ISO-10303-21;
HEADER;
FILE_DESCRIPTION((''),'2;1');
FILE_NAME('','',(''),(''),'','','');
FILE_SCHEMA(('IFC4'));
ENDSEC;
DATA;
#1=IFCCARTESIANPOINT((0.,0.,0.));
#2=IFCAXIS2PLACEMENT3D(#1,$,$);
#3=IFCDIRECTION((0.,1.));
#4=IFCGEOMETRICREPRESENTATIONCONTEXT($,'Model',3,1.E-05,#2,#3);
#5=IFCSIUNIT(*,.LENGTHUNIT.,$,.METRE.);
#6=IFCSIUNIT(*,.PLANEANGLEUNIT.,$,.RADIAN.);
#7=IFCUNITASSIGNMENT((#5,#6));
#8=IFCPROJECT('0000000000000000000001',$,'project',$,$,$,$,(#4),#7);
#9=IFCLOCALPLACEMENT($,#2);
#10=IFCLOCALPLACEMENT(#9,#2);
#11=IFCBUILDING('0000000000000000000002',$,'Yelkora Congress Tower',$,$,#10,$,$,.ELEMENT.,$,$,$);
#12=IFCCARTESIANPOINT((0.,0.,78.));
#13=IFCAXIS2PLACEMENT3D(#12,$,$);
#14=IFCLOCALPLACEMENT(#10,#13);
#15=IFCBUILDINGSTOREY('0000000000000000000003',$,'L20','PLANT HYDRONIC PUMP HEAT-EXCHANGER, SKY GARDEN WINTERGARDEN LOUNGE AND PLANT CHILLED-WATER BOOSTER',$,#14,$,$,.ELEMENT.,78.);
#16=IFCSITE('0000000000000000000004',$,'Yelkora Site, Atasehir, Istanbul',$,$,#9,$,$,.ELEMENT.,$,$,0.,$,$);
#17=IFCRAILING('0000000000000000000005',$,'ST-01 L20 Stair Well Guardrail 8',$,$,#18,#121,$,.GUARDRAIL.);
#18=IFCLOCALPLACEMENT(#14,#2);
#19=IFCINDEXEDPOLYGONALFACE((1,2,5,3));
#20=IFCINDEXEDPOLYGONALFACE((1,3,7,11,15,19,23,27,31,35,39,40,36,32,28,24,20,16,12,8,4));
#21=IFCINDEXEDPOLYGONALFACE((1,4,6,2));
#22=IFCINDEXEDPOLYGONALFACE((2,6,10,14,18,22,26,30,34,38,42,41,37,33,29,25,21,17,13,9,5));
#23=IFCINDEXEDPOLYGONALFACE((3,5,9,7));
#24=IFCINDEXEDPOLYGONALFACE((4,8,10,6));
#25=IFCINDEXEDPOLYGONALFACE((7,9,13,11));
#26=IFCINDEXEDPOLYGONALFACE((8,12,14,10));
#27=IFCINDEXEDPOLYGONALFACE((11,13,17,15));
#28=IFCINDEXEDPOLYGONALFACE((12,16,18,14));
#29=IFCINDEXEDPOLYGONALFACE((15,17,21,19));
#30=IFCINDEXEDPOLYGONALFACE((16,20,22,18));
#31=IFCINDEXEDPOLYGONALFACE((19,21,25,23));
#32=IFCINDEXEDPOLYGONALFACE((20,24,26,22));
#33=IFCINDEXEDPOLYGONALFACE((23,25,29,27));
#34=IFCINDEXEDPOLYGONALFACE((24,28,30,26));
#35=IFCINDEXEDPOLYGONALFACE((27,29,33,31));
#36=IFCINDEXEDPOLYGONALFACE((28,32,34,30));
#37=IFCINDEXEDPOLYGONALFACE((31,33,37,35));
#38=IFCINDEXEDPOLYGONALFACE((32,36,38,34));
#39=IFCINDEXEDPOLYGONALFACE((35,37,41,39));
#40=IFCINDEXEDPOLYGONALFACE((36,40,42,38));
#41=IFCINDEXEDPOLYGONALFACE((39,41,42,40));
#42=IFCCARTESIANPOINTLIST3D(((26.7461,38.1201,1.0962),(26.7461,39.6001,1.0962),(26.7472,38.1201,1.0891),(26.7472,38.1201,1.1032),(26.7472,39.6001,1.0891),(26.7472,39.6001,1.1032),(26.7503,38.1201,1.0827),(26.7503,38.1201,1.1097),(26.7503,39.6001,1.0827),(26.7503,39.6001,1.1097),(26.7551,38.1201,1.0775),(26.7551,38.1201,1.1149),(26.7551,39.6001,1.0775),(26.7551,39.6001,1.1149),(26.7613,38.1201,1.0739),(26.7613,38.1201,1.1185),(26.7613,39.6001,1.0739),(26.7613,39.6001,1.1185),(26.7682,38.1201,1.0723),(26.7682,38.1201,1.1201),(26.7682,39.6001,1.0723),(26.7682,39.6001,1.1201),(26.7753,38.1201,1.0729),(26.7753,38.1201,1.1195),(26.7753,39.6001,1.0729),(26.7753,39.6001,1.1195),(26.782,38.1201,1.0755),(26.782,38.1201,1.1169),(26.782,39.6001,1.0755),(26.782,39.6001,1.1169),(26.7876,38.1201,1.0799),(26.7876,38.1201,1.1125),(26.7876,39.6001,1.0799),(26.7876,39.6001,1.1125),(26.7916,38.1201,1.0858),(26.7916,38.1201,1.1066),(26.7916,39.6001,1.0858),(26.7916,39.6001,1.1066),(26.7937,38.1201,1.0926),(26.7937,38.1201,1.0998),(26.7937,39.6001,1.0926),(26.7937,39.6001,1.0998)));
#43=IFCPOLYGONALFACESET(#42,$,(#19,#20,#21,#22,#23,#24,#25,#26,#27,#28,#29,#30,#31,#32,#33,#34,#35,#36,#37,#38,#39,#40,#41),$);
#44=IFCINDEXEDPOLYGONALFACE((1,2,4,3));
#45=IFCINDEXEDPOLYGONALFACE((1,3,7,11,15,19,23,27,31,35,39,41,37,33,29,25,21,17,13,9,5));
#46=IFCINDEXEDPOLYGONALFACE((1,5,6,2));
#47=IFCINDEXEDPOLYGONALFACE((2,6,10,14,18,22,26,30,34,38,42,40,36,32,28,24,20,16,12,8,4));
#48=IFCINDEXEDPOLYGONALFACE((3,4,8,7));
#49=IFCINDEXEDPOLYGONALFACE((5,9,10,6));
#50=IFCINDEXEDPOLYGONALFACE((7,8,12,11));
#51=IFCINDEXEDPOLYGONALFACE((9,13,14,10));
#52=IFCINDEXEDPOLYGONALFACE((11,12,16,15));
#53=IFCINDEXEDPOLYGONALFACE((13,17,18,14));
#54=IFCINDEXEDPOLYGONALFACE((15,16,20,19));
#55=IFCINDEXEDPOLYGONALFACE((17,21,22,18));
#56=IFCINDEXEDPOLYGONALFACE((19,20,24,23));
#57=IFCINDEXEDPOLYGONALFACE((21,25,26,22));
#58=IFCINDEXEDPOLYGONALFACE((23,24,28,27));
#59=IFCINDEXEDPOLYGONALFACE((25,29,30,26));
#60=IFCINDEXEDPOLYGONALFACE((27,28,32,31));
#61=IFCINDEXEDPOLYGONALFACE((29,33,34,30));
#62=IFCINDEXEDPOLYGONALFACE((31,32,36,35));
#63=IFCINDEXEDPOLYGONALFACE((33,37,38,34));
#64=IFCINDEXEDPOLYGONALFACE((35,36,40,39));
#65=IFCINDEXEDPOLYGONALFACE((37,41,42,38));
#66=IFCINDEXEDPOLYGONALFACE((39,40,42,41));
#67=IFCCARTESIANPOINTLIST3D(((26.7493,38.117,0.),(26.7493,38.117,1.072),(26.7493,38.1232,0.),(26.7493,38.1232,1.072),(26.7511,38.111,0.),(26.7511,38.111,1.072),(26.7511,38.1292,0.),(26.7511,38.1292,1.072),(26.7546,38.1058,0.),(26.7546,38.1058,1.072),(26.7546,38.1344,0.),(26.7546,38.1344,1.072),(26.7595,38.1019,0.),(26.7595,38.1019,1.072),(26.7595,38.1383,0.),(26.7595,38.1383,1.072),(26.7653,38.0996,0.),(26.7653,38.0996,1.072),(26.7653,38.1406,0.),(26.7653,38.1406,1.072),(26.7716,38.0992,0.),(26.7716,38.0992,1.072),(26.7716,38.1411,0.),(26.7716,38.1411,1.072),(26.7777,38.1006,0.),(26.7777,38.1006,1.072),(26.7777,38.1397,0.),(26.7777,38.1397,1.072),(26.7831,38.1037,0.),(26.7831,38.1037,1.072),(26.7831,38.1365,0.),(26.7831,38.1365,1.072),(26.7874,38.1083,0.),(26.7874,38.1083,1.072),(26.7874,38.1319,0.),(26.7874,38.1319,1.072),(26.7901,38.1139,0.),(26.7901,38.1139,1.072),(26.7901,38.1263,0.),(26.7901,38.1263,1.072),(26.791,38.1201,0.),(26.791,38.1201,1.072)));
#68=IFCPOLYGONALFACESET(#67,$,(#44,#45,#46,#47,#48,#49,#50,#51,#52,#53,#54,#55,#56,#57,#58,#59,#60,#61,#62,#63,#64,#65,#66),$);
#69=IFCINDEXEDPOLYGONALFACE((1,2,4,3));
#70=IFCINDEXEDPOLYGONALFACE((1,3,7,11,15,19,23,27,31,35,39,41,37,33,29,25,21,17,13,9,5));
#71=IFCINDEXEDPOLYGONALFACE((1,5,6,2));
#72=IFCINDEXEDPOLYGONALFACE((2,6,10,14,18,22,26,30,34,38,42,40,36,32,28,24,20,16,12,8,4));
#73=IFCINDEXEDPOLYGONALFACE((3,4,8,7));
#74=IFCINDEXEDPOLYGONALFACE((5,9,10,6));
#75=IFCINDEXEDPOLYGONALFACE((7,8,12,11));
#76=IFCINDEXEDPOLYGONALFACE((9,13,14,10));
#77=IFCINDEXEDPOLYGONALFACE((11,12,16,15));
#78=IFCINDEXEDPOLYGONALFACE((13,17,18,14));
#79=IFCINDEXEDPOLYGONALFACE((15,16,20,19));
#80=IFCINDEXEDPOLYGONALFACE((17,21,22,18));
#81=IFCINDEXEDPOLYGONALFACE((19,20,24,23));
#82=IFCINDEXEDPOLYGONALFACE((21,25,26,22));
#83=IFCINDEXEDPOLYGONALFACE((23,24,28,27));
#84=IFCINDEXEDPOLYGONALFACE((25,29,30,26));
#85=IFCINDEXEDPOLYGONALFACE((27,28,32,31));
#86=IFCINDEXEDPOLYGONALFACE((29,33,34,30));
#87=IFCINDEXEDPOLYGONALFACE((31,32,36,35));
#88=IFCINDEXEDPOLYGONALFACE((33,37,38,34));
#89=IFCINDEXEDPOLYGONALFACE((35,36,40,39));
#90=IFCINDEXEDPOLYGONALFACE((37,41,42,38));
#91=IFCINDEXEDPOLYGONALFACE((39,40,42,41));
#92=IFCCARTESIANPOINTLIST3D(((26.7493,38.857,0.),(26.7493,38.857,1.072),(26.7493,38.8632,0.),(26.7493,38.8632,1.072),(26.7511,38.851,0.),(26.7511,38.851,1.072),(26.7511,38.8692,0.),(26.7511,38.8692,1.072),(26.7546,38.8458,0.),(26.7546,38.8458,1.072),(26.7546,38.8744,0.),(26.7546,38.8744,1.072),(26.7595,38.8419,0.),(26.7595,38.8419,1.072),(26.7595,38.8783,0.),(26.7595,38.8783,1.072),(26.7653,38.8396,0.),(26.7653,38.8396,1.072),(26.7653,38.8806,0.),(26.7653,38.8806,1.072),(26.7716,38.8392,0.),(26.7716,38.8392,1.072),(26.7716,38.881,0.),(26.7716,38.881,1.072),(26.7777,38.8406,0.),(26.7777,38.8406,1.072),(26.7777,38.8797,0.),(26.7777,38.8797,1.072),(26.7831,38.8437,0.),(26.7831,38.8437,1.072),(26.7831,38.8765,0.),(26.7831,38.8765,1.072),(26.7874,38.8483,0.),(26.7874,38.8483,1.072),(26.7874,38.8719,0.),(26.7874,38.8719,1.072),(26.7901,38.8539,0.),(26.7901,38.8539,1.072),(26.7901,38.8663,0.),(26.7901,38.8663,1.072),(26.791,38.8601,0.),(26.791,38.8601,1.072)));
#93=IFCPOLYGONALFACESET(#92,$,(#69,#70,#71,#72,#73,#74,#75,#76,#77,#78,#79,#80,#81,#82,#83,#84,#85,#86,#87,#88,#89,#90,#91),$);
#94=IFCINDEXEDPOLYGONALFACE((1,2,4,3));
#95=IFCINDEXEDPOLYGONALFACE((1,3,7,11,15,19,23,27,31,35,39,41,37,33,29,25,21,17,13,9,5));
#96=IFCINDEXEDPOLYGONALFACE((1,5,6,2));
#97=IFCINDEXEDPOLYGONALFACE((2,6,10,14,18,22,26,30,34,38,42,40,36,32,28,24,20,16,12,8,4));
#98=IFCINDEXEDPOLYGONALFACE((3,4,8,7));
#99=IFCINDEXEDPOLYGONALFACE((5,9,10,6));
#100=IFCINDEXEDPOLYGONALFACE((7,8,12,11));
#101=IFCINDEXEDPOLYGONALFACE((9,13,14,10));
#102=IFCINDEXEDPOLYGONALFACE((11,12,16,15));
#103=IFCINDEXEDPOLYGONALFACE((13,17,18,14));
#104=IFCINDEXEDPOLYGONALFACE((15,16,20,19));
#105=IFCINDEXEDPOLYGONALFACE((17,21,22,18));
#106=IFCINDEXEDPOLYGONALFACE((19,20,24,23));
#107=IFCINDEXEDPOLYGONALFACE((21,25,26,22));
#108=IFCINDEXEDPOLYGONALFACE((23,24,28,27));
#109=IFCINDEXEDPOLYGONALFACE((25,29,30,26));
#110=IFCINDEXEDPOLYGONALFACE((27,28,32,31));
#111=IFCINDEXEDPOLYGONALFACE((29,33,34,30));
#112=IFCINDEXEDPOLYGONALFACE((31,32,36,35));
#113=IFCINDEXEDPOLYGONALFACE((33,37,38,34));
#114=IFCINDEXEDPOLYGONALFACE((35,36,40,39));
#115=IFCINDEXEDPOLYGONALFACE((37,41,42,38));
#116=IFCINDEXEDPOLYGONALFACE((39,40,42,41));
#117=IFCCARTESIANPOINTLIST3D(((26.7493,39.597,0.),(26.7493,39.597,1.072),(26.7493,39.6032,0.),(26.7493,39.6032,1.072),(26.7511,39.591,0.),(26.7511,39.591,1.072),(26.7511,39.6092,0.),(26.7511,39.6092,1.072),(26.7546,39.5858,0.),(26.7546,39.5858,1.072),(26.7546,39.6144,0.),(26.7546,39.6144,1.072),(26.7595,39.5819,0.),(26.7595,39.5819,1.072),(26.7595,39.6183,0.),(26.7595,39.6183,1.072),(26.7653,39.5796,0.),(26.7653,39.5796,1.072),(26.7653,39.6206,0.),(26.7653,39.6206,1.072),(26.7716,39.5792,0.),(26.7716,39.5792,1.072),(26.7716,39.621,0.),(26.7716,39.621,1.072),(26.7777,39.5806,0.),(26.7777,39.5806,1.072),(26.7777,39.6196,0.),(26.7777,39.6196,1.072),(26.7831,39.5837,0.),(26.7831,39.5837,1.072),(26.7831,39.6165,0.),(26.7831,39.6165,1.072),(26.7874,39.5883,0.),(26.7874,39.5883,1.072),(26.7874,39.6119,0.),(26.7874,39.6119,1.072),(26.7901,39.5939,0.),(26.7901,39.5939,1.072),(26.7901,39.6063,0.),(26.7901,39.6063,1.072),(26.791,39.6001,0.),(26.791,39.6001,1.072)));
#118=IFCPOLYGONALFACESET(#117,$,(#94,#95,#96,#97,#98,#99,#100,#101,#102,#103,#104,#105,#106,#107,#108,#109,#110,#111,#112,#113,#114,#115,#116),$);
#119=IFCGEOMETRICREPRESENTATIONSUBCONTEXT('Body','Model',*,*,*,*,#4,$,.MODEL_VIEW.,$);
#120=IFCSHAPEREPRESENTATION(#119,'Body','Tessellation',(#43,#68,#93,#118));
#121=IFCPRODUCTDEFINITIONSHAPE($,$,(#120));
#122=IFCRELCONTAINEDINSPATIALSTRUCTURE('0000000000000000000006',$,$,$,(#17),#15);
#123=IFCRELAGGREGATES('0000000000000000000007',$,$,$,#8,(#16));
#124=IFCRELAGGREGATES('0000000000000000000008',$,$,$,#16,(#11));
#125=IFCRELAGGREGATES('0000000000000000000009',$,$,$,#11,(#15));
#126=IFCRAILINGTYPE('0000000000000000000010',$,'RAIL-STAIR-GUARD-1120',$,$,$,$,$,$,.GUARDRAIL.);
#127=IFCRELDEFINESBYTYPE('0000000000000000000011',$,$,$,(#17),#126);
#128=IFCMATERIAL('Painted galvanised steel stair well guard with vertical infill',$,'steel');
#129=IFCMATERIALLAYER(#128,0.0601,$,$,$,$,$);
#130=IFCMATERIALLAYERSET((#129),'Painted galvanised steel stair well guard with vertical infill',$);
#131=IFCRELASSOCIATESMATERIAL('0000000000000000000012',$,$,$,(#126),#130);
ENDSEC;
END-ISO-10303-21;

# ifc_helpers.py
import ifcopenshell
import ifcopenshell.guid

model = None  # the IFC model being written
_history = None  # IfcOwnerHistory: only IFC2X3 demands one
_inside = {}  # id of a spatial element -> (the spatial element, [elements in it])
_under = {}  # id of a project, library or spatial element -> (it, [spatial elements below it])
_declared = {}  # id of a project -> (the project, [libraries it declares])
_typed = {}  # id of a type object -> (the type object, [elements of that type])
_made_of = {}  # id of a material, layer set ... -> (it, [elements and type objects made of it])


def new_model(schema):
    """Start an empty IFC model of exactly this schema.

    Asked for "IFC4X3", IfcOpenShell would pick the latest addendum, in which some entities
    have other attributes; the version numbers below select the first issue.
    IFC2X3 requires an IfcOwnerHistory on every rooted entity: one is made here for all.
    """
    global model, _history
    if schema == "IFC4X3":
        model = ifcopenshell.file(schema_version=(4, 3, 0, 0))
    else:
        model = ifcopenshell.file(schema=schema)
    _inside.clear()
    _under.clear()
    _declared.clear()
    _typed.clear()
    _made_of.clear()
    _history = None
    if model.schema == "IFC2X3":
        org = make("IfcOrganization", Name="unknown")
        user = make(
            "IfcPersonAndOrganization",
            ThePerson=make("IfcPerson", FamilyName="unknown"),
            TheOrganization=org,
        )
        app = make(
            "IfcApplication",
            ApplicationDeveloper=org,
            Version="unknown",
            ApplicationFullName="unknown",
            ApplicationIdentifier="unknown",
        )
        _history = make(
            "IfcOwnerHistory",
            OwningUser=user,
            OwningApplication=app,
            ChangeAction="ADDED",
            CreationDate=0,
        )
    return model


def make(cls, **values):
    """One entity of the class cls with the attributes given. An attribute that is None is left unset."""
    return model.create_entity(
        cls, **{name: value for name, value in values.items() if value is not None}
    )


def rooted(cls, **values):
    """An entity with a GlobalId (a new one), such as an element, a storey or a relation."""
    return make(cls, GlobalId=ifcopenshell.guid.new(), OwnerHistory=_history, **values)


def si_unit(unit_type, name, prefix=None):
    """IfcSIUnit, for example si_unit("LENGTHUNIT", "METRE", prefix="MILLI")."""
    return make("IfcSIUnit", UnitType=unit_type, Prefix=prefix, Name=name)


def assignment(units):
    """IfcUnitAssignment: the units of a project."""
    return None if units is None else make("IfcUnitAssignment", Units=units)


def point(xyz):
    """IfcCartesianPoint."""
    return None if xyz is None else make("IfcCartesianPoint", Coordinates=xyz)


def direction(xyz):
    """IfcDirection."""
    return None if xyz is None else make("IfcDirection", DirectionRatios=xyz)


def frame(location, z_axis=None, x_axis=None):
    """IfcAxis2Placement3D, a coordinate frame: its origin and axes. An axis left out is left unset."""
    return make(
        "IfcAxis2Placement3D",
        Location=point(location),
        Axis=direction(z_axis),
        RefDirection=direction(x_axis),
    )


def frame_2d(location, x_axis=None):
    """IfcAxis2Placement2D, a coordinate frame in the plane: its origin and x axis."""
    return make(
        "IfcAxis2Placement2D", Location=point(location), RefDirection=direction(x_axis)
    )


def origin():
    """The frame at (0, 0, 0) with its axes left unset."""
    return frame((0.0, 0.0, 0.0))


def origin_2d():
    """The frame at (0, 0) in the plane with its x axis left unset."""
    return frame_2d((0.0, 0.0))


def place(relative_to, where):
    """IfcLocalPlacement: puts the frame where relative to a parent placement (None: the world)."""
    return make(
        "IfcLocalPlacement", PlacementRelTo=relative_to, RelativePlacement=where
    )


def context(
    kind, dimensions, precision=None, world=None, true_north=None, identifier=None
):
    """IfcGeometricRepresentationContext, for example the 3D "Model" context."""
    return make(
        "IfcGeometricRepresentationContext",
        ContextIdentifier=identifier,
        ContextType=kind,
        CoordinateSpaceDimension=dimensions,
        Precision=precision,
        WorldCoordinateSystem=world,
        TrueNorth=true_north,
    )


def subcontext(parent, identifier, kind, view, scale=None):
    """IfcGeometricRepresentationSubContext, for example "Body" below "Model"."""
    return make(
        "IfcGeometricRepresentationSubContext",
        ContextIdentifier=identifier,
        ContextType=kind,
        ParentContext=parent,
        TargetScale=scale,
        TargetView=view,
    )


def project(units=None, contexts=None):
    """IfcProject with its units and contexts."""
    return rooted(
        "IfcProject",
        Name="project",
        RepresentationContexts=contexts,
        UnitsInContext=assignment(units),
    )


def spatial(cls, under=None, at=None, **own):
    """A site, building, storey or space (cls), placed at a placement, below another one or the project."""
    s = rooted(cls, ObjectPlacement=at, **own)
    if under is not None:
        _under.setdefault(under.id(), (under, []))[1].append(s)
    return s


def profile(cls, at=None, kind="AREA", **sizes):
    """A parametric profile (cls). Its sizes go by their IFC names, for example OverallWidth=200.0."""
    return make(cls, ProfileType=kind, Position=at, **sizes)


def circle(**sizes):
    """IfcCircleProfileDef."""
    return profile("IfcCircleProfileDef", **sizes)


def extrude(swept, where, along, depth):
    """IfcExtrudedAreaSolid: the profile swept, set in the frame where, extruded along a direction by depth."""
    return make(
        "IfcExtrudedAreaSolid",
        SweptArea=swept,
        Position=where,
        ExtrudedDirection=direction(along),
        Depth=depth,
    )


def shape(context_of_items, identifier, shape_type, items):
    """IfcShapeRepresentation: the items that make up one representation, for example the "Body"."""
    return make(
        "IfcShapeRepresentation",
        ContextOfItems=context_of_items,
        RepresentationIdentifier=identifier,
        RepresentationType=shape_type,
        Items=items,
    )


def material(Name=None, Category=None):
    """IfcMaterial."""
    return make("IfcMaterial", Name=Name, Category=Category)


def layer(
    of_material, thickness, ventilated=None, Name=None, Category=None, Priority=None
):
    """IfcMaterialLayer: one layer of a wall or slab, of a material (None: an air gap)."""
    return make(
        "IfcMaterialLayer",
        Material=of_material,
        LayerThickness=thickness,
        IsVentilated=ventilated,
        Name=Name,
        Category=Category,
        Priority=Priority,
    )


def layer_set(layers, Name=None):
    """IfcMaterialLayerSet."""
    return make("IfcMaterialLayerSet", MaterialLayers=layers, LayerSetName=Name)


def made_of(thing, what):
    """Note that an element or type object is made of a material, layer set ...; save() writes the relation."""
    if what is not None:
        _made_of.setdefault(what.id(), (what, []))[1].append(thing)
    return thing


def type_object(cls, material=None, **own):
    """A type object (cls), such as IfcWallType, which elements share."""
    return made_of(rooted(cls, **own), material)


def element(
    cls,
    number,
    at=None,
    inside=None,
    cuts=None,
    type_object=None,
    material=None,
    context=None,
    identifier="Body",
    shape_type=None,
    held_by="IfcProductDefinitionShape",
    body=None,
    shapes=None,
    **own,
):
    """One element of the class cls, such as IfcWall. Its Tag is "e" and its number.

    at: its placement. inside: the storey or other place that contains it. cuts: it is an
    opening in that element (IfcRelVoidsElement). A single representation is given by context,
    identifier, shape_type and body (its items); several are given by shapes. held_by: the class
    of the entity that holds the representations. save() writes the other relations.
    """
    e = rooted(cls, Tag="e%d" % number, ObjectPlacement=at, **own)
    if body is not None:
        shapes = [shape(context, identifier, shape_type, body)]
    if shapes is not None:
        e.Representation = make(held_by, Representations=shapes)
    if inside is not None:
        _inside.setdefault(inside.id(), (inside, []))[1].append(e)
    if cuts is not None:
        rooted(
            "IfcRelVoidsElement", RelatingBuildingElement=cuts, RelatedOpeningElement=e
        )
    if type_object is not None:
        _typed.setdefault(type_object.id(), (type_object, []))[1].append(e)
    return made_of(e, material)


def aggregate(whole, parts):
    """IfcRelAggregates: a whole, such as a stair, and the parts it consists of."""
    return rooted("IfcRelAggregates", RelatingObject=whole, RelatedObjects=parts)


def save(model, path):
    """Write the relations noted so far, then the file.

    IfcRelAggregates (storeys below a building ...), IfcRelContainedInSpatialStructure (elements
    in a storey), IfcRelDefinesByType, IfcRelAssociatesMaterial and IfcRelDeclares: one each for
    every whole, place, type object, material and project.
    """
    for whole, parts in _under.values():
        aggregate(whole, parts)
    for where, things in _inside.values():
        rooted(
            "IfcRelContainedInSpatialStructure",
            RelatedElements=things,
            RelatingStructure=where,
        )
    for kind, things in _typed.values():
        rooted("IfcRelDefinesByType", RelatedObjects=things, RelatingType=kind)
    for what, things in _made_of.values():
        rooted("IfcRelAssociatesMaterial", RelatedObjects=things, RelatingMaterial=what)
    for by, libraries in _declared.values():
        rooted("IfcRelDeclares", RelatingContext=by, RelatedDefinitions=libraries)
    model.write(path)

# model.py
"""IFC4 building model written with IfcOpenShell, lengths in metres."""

from ifc_helpers import new_model, si_unit, direction, frame, origin, origin_2d, place, context, subcontext, project, spatial, circle, extrude, material, layer, layer_set, type_object, element, save


model = new_model("IFC4")

# Units and contexts
model_context = context("Model", 3, precision=1e-05, world=origin(), true_north=direction((0.0, 1.0)))
body_context = subcontext(model_context, "Body", "Model", "MODEL_VIEW")
ifc_project = project(units=[si_unit("LENGTHUNIT", "METRE"), si_unit("PLANEANGLEUNIT", "RADIAN")], contexts=[model_context])

# Site, building, storey
site_placement = place(None, origin())
site = spatial("IfcSite", under=ifc_project, at=site_placement, Name="Yelkora Site, Atasehir, Istanbul", CompositionType="ELEMENT", RefElevation=0.0)
building_placement = place(site_placement, origin())
building = spatial("IfcBuilding", under=site, at=building_placement, Name="Yelkora Congress Tower", CompositionType="ELEMENT")
storey_placement = place(building_placement, frame((0.0, 0.0, 78.0)))
storey = spatial("IfcBuildingStorey", under=building, at=storey_placement, Name="L20", Description="PLANT HYDRONIC PUMP HEAT-EXCHANGER, SKY GARDEN WINTERGARDEN LOUNGE AND PLANT CHILLED-WATER BOOSTER", CompositionType="ELEMENT", Elevation=78.0)

# Railing
ifc_material_1 = material(Name="Painted galvanised steel stair well guard with vertical infill", Category="steel")
ifc_layer_1 = layer(ifc_material_1, 0.0601)
ifc_layer_set_1 = layer_set([ifc_layer_1], Name="Painted galvanised steel stair well guard with vertical infill")
railing_type_1 = type_object("IfcRailingType", Name="RAIL-STAIR-GUARD-1120", PredefinedType="GUARDRAIL", material=ifc_layer_set_1)
railing_1_placement = place(storey_placement, frame((26.77, 38.1201, 0.0)))
element("IfcRailing", 1, at=railing_1_placement, inside=storey, type_object=railing_type_1, Name="ST-01 L20 Stair Well Guardrail 8", PredefinedType="GUARDRAIL", context=body_context, shape_type="SweptSolid", body=[
    extrude(circle(Radius=0.0239, at=origin_2d()), frame((0.0, 0.0, 1.0962), z_axis=(0.0, 1.0, 0.0), x_axis=(-1.0, 0.0, 0.0)), (0.0, 0.0, 1.0), 1.48),
    extrude(circle(Radius=0.021, at=origin_2d()), origin(), (0.0, 0.0, 1.0), 1.072),
    extrude(circle(Radius=0.021, at=origin_2d()), frame((0.0, 0.74, 0.0)), (0.0, 0.0, 1.0), 1.072),
    extrude(circle(Radius=0.021, at=origin_2d()), frame((0.0, 1.48, 0.0)), (0.0, 0.0, 1.0), 1.072),
])

save(model, "model.ifc")
